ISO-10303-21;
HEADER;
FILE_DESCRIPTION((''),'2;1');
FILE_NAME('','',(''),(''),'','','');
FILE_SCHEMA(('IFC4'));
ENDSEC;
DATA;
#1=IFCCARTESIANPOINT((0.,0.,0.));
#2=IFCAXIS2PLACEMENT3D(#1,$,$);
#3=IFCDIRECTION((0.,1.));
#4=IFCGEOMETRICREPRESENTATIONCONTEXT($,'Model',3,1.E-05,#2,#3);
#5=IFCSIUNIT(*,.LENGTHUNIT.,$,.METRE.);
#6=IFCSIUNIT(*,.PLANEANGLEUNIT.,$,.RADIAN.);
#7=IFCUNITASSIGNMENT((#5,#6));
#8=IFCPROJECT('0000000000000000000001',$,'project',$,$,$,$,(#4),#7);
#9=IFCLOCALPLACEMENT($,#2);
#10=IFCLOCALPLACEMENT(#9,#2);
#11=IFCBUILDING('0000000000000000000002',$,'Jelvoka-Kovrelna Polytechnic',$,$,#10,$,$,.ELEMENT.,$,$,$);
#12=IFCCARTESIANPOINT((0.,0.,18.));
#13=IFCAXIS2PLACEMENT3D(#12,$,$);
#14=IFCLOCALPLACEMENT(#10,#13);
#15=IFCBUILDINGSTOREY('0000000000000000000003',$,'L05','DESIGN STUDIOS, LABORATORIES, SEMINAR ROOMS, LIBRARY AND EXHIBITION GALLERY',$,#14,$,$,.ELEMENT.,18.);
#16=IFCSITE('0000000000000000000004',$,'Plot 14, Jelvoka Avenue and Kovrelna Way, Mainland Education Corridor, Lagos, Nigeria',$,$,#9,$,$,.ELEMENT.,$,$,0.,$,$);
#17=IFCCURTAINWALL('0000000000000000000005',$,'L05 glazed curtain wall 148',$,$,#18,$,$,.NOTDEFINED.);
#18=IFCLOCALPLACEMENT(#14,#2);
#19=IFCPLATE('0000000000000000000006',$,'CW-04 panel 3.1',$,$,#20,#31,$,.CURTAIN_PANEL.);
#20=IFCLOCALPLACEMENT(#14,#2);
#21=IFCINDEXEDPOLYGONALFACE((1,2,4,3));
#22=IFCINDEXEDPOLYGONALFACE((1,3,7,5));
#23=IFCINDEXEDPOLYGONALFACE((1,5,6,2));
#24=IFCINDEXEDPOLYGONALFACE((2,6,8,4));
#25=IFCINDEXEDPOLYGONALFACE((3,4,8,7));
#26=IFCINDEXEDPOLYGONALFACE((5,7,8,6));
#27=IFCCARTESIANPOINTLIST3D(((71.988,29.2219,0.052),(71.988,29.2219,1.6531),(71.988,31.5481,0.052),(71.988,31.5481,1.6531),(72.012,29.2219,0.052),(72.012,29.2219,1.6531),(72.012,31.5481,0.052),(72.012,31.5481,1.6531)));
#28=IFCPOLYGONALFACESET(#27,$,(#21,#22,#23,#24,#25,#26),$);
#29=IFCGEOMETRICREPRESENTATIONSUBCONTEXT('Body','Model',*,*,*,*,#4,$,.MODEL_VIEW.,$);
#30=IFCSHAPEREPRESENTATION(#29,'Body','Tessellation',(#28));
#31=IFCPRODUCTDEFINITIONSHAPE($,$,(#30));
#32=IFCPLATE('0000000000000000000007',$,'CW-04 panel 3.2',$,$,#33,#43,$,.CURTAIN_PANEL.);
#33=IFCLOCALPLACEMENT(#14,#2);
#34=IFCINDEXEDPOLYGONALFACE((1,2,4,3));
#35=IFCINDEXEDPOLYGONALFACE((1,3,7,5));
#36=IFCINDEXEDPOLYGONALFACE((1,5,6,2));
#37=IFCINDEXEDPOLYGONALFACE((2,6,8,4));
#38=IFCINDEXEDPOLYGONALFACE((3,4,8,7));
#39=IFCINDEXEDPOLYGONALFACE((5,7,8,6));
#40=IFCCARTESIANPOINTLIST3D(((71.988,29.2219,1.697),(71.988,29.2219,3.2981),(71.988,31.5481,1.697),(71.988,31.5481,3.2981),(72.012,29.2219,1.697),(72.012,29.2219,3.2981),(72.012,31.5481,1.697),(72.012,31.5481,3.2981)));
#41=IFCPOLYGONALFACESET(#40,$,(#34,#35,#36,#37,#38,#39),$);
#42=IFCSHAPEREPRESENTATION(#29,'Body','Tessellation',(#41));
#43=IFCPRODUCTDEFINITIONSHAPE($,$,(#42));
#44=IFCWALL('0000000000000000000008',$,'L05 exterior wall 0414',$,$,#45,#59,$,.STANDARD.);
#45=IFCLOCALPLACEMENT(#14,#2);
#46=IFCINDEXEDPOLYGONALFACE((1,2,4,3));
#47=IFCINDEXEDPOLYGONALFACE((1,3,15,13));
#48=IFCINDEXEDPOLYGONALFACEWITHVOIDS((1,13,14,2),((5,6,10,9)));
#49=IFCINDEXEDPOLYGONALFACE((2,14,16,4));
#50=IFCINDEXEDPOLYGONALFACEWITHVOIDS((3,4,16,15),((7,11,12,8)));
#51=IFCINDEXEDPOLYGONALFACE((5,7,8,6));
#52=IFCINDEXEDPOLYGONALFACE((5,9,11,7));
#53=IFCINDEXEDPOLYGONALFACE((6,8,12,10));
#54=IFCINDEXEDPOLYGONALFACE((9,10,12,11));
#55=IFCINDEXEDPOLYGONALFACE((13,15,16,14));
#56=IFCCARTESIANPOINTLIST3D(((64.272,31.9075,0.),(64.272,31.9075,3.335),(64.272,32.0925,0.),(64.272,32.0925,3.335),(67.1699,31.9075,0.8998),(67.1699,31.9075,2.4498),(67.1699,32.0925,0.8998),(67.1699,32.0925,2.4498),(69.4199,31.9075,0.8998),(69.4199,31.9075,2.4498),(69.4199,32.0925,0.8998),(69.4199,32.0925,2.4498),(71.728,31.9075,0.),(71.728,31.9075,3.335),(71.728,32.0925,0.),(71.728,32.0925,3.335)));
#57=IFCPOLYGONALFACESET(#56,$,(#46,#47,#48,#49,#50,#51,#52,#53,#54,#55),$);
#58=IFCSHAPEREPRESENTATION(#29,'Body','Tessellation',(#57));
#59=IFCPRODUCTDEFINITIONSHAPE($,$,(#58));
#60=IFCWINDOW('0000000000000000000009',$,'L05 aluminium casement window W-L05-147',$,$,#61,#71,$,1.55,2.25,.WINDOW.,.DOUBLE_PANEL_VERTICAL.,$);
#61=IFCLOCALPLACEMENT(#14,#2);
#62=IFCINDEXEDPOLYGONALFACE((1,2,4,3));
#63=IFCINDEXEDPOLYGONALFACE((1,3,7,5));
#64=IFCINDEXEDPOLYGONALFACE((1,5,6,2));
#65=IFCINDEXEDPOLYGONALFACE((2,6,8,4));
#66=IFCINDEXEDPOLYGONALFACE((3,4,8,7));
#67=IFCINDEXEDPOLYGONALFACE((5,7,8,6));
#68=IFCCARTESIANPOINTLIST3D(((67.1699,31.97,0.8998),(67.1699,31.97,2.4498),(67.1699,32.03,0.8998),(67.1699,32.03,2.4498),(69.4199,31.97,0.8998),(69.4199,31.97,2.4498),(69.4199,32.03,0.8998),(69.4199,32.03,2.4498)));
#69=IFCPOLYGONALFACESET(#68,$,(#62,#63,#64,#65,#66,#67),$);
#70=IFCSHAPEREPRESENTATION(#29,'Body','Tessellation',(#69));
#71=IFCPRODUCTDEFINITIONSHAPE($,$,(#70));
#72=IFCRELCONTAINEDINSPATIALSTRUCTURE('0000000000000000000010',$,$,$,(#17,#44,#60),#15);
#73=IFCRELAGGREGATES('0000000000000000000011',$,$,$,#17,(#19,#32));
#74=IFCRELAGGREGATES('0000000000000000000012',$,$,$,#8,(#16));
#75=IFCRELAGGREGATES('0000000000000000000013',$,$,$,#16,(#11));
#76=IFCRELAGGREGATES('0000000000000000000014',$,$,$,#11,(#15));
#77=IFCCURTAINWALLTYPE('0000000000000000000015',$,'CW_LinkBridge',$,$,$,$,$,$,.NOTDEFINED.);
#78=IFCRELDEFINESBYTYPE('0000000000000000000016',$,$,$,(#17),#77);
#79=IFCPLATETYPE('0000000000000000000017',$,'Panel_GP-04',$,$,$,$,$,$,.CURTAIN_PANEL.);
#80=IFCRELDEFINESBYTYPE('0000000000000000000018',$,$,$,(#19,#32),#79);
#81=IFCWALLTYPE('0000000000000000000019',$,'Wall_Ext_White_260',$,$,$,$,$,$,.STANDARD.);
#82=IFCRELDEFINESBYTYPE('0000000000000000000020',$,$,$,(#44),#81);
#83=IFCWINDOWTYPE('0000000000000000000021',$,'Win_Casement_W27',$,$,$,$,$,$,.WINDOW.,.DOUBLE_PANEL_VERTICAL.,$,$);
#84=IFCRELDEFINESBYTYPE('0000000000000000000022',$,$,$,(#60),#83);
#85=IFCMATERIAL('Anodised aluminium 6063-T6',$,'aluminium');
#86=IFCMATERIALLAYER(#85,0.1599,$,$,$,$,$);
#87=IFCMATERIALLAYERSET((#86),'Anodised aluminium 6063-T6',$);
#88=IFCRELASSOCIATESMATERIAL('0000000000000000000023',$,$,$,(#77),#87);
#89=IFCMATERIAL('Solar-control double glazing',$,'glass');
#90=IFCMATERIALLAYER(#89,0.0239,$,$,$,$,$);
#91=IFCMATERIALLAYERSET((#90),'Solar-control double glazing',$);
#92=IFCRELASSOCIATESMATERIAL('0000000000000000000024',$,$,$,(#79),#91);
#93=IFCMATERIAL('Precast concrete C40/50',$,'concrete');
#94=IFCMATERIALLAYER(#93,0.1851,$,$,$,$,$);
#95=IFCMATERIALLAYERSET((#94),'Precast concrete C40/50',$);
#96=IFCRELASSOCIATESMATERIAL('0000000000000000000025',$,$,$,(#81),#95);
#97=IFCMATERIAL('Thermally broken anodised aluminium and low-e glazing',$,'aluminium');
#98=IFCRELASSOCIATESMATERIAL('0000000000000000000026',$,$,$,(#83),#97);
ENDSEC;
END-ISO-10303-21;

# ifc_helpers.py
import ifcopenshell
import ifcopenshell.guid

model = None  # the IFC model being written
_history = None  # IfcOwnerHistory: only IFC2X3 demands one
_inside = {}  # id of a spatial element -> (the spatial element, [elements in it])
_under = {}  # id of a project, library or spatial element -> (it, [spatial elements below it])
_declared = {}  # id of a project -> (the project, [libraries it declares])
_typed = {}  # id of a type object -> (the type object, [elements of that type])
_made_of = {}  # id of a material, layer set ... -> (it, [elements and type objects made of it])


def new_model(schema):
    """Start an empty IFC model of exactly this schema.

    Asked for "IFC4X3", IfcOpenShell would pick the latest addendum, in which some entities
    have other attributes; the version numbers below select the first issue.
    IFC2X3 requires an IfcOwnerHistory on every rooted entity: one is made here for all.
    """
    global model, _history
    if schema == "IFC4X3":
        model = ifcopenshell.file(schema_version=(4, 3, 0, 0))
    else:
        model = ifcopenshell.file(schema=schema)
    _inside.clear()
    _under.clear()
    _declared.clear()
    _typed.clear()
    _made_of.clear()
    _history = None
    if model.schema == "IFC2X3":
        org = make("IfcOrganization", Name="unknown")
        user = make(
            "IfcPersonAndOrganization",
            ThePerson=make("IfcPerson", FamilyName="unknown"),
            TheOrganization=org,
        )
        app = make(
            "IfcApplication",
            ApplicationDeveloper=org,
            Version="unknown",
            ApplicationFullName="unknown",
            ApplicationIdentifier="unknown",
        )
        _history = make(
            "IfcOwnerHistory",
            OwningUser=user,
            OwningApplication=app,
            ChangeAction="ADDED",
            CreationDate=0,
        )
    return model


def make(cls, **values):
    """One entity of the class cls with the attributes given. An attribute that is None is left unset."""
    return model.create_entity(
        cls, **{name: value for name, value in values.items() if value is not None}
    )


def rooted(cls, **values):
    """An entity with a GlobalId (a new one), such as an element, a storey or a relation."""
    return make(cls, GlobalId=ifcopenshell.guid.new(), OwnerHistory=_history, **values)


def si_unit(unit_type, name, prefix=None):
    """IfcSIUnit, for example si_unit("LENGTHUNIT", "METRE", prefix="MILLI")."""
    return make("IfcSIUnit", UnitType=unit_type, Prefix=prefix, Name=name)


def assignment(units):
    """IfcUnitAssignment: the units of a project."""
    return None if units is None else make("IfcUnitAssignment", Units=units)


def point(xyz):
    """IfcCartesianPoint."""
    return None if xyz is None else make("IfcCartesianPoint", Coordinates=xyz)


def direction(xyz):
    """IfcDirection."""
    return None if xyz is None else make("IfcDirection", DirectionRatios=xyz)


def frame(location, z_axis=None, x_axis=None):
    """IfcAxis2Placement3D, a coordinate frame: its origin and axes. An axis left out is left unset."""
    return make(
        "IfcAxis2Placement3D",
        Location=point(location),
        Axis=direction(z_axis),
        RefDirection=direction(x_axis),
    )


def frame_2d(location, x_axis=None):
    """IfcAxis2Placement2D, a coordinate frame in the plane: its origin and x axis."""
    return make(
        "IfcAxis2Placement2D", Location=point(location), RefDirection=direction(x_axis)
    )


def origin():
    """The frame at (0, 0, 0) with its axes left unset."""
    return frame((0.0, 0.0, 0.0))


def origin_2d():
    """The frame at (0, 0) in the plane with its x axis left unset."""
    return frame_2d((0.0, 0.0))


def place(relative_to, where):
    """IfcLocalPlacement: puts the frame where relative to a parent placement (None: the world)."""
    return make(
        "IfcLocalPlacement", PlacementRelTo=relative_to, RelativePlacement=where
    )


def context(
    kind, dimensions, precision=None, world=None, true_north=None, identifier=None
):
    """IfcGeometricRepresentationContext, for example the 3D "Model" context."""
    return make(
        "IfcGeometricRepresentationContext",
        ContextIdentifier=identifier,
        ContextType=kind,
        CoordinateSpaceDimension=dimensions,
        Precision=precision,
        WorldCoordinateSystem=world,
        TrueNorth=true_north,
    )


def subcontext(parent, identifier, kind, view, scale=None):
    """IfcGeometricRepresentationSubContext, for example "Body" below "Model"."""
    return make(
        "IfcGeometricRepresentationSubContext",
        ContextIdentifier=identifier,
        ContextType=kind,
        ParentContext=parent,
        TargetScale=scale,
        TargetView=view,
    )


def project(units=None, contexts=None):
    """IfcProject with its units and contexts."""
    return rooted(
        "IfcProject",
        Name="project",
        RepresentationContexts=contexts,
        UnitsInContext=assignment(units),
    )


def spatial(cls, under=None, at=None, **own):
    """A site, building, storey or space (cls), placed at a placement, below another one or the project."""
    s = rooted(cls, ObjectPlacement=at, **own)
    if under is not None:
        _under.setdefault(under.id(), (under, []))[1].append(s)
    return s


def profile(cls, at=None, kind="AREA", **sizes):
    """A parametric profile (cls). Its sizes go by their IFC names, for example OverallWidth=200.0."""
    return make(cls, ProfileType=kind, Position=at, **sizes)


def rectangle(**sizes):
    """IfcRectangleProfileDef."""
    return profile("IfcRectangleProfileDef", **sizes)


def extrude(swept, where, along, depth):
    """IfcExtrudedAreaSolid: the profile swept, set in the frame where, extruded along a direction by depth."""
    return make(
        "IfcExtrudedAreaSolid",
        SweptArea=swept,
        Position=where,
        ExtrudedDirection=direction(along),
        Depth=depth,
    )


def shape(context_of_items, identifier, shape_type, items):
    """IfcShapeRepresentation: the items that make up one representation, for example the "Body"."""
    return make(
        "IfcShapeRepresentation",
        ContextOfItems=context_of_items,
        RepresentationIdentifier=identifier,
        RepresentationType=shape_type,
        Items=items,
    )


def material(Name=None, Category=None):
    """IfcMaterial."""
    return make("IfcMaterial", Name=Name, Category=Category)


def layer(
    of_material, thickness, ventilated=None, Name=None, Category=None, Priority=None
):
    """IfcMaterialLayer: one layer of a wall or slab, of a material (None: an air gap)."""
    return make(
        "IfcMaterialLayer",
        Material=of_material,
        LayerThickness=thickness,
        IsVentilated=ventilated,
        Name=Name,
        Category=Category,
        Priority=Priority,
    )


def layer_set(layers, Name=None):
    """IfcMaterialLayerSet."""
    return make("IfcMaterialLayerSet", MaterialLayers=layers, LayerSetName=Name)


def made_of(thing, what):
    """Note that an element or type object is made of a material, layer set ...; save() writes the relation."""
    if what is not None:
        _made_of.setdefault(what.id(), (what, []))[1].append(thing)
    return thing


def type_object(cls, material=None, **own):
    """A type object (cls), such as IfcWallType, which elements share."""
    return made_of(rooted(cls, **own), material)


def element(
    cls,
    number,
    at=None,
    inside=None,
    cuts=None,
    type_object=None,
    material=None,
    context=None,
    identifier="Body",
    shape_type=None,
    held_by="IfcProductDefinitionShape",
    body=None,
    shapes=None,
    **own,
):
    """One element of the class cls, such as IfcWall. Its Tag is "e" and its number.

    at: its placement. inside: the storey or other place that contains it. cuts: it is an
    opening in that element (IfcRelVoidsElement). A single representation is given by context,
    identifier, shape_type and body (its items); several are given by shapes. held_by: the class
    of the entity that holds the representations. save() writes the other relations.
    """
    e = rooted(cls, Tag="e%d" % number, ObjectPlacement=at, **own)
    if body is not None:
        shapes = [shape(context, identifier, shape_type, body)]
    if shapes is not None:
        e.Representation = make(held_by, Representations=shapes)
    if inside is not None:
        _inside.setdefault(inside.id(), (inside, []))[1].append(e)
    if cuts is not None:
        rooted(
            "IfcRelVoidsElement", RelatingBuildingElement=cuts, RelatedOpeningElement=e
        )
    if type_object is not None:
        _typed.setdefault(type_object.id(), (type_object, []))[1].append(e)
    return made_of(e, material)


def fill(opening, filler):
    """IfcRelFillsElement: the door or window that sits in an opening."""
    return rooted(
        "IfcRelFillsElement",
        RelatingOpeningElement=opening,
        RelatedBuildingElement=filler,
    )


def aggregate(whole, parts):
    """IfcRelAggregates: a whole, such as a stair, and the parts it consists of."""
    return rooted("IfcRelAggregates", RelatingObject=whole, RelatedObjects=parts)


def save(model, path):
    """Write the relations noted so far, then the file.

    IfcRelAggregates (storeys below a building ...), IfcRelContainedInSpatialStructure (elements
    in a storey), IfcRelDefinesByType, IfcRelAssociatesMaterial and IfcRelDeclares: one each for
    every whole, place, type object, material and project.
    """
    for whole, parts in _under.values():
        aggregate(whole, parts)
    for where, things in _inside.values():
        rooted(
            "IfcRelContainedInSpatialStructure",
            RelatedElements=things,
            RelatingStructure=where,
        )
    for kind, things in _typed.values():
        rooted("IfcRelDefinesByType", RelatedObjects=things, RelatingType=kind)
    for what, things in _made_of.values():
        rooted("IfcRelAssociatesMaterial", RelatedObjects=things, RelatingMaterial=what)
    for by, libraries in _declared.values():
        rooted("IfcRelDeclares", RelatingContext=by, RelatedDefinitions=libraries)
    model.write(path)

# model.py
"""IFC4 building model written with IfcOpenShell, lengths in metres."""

from ifc_helpers import new_model, si_unit, direction, frame, frame_2d, origin, origin_2d, place, context, subcontext, project, spatial, rectangle, extrude, material, layer, layer_set, type_object, element, fill, aggregate, save


model = new_model("IFC4")

# Units and contexts
model_context = context("Model", 3, precision=1e-05, world=origin(), true_north=direction((0.0, 1.0)))
body_context = subcontext(model_context, "Body", "Model", "MODEL_VIEW")
ifc_project = project(units=[si_unit("LENGTHUNIT", "METRE"), si_unit("PLANEANGLEUNIT", "RADIAN")], contexts=[model_context])

# Site, building, storey
site_placement = place(None, origin())
site = spatial("IfcSite", under=ifc_project, at=site_placement, Name="Plot 14, Jelvoka Avenue and Kovrelna Way, Mainland Education Corridor, Lagos, Nigeria", CompositionType="ELEMENT", RefElevation=0.0)
building_placement = place(site_placement, origin())
building = spatial("IfcBuilding", under=site, at=building_placement, Name="Jelvoka-Kovrelna Polytechnic", CompositionType="ELEMENT")
storey_placement = place(building_placement, frame((0.0, 0.0, 18.0)))
storey = spatial("IfcBuildingStorey", under=building, at=storey_placement, Name="L05", Description="DESIGN STUDIOS, LABORATORIES, SEMINAR ROOMS, LIBRARY AND EXHIBITION GALLERY", CompositionType="ELEMENT", Elevation=18.0)

# Curtain wall, plates
ifc_material_1 = material(Name="Anodised aluminium 6063-T6", Category="aluminium")
ifc_layer_1 = layer(ifc_material_1, 0.1599)
ifc_layer_set_1 = layer_set([ifc_layer_1], Name="Anodised aluminium 6063-T6")
curtain_wall_type = type_object("IfcCurtainWallType", Name="CW_LinkBridge", PredefinedType="NOTDEFINED", material=ifc_layer_set_1)
curtain_wall_placement = place(storey_placement, origin())
curtain_wall = element("IfcCurtainWall", 1, at=curtain_wall_placement, inside=storey, type_object=curtain_wall_type, Name="L05 glazed curtain wall 148", PredefinedType="NOTDEFINED")
ifc_material_2 = material(Name="Solar-control double glazing", Category="glass")
ifc_layer_2 = layer(ifc_material_2, 0.0239)
ifc_layer_set_2 = layer_set([ifc_layer_2], Name="Solar-control double glazing")
plate_type = type_object("IfcPlateType", Name="Panel_GP-04", PredefinedType="CURTAIN_PANEL", material=ifc_layer_set_2)
plate_1_placement = place(storey_placement, frame((72.0, 30.385, 0.052), z_axis=(0.0, 0.0, 1.0), x_axis=(0.0, 1.0, 0.0)))
plate_1 = element("IfcPlate", 2, at=plate_1_placement, type_object=plate_type, Name="CW-04 panel 3.1", PredefinedType="CURTAIN_PANEL", context=body_context, shape_type="SweptSolid", body=[
    extrude(rectangle(XDim=2.3262, YDim=0.0239, at=origin_2d()), origin(), (0.0, 0.0, 1.0), 1.6011),
])
plate_2_placement = place(storey_placement, frame((72.0, 30.385, 1.697), z_axis=(0.0, 0.0, 1.0), x_axis=(0.0, 1.0, 0.0)))
plate_2 = element("IfcPlate", 3, at=plate_2_placement, type_object=plate_type, Name="CW-04 panel 3.2", PredefinedType="CURTAIN_PANEL", context=body_context, shape_type="SweptSolid", body=[
    extrude(rectangle(XDim=2.3262, YDim=0.0239, at=origin_2d()), origin(), (0.0, 0.0, 1.0), 1.6011),
])
aggregate(curtain_wall, [plate_1, plate_2])

# Wall, opening, window
ifc_material_3 = material(Name="Precast concrete C40/50", Category="concrete")
ifc_layer_3 = layer(ifc_material_3, 0.1851)
ifc_layer_set_3 = layer_set([ifc_layer_3], Name="Precast concrete C40/50")
wall_type = type_object("IfcWallType", Name="Wall_Ext_White_260", PredefinedType="STANDARD", material=ifc_layer_set_3)
wall_placement = place(storey_placement, frame((71.728, 32.0, 0.0), z_axis=(0.0, 0.0, 1.0), x_axis=(-1.0, 0.0, 0.0)))
wall = element("IfcWall", 4, at=wall_placement, inside=storey, type_object=wall_type, Name="L05 exterior wall 0414", PredefinedType="STANDARD", context=body_context, shape_type="SweptSolid", body=[
    extrude(rectangle(XDim=7.4561, YDim=0.1851, at=frame_2d((3.728, 0.0))), origin(), (0.0, 0.0, 1.0), 3.335),
])
opening_placement = place(wall_placement, frame((2.3081, 0.0, 0.8999)))
opening = element("IfcOpeningElement", 5, at=opening_placement, cuts=wall, PredefinedType="OPENING", context=body_context, shape_type="SweptSolid", body=[
    extrude(rectangle(XDim=2.25, YDim=1.55, at=frame_2d((1.125, 0.7749))), frame((0.0, 0.1025, 0.0), z_axis=(0.0, -1.0, 0.0), x_axis=(1.0, 0.0, 0.0)), (0.0, 0.0, 1.0), 0.2051),
])
ifc_material_4 = material(Name="Thermally broken anodised aluminium and low-e glazing", Category="aluminium")
window_type = type_object("IfcWindowType", Name="Win_Casement_W27", PartitioningType="DOUBLE_PANEL_VERTICAL", PredefinedType="WINDOW", material=ifc_material_4)
window_placement = place(opening_placement, origin())
window = element("IfcWindow", 6, at=window_placement, inside=storey, type_object=window_type, Name="L05 aluminium casement window W-L05-147", OverallHeight=1.55, OverallWidth=2.25, PartitioningType="DOUBLE_PANEL_VERTICAL", PredefinedType="WINDOW", context=body_context, shape_type="SweptSolid", body=[
    extrude(rectangle(XDim=2.25, YDim=1.55, at=frame_2d((1.125, 0.7749))), frame((0.0, 0.03, 0.0), z_axis=(0.0, -1.0, 0.0), x_axis=(1.0, 0.0, 0.0)), (0.0, 0.0, 1.0), 0.0601),
])
fill(opening, window)

save(model, "model.ifc")
